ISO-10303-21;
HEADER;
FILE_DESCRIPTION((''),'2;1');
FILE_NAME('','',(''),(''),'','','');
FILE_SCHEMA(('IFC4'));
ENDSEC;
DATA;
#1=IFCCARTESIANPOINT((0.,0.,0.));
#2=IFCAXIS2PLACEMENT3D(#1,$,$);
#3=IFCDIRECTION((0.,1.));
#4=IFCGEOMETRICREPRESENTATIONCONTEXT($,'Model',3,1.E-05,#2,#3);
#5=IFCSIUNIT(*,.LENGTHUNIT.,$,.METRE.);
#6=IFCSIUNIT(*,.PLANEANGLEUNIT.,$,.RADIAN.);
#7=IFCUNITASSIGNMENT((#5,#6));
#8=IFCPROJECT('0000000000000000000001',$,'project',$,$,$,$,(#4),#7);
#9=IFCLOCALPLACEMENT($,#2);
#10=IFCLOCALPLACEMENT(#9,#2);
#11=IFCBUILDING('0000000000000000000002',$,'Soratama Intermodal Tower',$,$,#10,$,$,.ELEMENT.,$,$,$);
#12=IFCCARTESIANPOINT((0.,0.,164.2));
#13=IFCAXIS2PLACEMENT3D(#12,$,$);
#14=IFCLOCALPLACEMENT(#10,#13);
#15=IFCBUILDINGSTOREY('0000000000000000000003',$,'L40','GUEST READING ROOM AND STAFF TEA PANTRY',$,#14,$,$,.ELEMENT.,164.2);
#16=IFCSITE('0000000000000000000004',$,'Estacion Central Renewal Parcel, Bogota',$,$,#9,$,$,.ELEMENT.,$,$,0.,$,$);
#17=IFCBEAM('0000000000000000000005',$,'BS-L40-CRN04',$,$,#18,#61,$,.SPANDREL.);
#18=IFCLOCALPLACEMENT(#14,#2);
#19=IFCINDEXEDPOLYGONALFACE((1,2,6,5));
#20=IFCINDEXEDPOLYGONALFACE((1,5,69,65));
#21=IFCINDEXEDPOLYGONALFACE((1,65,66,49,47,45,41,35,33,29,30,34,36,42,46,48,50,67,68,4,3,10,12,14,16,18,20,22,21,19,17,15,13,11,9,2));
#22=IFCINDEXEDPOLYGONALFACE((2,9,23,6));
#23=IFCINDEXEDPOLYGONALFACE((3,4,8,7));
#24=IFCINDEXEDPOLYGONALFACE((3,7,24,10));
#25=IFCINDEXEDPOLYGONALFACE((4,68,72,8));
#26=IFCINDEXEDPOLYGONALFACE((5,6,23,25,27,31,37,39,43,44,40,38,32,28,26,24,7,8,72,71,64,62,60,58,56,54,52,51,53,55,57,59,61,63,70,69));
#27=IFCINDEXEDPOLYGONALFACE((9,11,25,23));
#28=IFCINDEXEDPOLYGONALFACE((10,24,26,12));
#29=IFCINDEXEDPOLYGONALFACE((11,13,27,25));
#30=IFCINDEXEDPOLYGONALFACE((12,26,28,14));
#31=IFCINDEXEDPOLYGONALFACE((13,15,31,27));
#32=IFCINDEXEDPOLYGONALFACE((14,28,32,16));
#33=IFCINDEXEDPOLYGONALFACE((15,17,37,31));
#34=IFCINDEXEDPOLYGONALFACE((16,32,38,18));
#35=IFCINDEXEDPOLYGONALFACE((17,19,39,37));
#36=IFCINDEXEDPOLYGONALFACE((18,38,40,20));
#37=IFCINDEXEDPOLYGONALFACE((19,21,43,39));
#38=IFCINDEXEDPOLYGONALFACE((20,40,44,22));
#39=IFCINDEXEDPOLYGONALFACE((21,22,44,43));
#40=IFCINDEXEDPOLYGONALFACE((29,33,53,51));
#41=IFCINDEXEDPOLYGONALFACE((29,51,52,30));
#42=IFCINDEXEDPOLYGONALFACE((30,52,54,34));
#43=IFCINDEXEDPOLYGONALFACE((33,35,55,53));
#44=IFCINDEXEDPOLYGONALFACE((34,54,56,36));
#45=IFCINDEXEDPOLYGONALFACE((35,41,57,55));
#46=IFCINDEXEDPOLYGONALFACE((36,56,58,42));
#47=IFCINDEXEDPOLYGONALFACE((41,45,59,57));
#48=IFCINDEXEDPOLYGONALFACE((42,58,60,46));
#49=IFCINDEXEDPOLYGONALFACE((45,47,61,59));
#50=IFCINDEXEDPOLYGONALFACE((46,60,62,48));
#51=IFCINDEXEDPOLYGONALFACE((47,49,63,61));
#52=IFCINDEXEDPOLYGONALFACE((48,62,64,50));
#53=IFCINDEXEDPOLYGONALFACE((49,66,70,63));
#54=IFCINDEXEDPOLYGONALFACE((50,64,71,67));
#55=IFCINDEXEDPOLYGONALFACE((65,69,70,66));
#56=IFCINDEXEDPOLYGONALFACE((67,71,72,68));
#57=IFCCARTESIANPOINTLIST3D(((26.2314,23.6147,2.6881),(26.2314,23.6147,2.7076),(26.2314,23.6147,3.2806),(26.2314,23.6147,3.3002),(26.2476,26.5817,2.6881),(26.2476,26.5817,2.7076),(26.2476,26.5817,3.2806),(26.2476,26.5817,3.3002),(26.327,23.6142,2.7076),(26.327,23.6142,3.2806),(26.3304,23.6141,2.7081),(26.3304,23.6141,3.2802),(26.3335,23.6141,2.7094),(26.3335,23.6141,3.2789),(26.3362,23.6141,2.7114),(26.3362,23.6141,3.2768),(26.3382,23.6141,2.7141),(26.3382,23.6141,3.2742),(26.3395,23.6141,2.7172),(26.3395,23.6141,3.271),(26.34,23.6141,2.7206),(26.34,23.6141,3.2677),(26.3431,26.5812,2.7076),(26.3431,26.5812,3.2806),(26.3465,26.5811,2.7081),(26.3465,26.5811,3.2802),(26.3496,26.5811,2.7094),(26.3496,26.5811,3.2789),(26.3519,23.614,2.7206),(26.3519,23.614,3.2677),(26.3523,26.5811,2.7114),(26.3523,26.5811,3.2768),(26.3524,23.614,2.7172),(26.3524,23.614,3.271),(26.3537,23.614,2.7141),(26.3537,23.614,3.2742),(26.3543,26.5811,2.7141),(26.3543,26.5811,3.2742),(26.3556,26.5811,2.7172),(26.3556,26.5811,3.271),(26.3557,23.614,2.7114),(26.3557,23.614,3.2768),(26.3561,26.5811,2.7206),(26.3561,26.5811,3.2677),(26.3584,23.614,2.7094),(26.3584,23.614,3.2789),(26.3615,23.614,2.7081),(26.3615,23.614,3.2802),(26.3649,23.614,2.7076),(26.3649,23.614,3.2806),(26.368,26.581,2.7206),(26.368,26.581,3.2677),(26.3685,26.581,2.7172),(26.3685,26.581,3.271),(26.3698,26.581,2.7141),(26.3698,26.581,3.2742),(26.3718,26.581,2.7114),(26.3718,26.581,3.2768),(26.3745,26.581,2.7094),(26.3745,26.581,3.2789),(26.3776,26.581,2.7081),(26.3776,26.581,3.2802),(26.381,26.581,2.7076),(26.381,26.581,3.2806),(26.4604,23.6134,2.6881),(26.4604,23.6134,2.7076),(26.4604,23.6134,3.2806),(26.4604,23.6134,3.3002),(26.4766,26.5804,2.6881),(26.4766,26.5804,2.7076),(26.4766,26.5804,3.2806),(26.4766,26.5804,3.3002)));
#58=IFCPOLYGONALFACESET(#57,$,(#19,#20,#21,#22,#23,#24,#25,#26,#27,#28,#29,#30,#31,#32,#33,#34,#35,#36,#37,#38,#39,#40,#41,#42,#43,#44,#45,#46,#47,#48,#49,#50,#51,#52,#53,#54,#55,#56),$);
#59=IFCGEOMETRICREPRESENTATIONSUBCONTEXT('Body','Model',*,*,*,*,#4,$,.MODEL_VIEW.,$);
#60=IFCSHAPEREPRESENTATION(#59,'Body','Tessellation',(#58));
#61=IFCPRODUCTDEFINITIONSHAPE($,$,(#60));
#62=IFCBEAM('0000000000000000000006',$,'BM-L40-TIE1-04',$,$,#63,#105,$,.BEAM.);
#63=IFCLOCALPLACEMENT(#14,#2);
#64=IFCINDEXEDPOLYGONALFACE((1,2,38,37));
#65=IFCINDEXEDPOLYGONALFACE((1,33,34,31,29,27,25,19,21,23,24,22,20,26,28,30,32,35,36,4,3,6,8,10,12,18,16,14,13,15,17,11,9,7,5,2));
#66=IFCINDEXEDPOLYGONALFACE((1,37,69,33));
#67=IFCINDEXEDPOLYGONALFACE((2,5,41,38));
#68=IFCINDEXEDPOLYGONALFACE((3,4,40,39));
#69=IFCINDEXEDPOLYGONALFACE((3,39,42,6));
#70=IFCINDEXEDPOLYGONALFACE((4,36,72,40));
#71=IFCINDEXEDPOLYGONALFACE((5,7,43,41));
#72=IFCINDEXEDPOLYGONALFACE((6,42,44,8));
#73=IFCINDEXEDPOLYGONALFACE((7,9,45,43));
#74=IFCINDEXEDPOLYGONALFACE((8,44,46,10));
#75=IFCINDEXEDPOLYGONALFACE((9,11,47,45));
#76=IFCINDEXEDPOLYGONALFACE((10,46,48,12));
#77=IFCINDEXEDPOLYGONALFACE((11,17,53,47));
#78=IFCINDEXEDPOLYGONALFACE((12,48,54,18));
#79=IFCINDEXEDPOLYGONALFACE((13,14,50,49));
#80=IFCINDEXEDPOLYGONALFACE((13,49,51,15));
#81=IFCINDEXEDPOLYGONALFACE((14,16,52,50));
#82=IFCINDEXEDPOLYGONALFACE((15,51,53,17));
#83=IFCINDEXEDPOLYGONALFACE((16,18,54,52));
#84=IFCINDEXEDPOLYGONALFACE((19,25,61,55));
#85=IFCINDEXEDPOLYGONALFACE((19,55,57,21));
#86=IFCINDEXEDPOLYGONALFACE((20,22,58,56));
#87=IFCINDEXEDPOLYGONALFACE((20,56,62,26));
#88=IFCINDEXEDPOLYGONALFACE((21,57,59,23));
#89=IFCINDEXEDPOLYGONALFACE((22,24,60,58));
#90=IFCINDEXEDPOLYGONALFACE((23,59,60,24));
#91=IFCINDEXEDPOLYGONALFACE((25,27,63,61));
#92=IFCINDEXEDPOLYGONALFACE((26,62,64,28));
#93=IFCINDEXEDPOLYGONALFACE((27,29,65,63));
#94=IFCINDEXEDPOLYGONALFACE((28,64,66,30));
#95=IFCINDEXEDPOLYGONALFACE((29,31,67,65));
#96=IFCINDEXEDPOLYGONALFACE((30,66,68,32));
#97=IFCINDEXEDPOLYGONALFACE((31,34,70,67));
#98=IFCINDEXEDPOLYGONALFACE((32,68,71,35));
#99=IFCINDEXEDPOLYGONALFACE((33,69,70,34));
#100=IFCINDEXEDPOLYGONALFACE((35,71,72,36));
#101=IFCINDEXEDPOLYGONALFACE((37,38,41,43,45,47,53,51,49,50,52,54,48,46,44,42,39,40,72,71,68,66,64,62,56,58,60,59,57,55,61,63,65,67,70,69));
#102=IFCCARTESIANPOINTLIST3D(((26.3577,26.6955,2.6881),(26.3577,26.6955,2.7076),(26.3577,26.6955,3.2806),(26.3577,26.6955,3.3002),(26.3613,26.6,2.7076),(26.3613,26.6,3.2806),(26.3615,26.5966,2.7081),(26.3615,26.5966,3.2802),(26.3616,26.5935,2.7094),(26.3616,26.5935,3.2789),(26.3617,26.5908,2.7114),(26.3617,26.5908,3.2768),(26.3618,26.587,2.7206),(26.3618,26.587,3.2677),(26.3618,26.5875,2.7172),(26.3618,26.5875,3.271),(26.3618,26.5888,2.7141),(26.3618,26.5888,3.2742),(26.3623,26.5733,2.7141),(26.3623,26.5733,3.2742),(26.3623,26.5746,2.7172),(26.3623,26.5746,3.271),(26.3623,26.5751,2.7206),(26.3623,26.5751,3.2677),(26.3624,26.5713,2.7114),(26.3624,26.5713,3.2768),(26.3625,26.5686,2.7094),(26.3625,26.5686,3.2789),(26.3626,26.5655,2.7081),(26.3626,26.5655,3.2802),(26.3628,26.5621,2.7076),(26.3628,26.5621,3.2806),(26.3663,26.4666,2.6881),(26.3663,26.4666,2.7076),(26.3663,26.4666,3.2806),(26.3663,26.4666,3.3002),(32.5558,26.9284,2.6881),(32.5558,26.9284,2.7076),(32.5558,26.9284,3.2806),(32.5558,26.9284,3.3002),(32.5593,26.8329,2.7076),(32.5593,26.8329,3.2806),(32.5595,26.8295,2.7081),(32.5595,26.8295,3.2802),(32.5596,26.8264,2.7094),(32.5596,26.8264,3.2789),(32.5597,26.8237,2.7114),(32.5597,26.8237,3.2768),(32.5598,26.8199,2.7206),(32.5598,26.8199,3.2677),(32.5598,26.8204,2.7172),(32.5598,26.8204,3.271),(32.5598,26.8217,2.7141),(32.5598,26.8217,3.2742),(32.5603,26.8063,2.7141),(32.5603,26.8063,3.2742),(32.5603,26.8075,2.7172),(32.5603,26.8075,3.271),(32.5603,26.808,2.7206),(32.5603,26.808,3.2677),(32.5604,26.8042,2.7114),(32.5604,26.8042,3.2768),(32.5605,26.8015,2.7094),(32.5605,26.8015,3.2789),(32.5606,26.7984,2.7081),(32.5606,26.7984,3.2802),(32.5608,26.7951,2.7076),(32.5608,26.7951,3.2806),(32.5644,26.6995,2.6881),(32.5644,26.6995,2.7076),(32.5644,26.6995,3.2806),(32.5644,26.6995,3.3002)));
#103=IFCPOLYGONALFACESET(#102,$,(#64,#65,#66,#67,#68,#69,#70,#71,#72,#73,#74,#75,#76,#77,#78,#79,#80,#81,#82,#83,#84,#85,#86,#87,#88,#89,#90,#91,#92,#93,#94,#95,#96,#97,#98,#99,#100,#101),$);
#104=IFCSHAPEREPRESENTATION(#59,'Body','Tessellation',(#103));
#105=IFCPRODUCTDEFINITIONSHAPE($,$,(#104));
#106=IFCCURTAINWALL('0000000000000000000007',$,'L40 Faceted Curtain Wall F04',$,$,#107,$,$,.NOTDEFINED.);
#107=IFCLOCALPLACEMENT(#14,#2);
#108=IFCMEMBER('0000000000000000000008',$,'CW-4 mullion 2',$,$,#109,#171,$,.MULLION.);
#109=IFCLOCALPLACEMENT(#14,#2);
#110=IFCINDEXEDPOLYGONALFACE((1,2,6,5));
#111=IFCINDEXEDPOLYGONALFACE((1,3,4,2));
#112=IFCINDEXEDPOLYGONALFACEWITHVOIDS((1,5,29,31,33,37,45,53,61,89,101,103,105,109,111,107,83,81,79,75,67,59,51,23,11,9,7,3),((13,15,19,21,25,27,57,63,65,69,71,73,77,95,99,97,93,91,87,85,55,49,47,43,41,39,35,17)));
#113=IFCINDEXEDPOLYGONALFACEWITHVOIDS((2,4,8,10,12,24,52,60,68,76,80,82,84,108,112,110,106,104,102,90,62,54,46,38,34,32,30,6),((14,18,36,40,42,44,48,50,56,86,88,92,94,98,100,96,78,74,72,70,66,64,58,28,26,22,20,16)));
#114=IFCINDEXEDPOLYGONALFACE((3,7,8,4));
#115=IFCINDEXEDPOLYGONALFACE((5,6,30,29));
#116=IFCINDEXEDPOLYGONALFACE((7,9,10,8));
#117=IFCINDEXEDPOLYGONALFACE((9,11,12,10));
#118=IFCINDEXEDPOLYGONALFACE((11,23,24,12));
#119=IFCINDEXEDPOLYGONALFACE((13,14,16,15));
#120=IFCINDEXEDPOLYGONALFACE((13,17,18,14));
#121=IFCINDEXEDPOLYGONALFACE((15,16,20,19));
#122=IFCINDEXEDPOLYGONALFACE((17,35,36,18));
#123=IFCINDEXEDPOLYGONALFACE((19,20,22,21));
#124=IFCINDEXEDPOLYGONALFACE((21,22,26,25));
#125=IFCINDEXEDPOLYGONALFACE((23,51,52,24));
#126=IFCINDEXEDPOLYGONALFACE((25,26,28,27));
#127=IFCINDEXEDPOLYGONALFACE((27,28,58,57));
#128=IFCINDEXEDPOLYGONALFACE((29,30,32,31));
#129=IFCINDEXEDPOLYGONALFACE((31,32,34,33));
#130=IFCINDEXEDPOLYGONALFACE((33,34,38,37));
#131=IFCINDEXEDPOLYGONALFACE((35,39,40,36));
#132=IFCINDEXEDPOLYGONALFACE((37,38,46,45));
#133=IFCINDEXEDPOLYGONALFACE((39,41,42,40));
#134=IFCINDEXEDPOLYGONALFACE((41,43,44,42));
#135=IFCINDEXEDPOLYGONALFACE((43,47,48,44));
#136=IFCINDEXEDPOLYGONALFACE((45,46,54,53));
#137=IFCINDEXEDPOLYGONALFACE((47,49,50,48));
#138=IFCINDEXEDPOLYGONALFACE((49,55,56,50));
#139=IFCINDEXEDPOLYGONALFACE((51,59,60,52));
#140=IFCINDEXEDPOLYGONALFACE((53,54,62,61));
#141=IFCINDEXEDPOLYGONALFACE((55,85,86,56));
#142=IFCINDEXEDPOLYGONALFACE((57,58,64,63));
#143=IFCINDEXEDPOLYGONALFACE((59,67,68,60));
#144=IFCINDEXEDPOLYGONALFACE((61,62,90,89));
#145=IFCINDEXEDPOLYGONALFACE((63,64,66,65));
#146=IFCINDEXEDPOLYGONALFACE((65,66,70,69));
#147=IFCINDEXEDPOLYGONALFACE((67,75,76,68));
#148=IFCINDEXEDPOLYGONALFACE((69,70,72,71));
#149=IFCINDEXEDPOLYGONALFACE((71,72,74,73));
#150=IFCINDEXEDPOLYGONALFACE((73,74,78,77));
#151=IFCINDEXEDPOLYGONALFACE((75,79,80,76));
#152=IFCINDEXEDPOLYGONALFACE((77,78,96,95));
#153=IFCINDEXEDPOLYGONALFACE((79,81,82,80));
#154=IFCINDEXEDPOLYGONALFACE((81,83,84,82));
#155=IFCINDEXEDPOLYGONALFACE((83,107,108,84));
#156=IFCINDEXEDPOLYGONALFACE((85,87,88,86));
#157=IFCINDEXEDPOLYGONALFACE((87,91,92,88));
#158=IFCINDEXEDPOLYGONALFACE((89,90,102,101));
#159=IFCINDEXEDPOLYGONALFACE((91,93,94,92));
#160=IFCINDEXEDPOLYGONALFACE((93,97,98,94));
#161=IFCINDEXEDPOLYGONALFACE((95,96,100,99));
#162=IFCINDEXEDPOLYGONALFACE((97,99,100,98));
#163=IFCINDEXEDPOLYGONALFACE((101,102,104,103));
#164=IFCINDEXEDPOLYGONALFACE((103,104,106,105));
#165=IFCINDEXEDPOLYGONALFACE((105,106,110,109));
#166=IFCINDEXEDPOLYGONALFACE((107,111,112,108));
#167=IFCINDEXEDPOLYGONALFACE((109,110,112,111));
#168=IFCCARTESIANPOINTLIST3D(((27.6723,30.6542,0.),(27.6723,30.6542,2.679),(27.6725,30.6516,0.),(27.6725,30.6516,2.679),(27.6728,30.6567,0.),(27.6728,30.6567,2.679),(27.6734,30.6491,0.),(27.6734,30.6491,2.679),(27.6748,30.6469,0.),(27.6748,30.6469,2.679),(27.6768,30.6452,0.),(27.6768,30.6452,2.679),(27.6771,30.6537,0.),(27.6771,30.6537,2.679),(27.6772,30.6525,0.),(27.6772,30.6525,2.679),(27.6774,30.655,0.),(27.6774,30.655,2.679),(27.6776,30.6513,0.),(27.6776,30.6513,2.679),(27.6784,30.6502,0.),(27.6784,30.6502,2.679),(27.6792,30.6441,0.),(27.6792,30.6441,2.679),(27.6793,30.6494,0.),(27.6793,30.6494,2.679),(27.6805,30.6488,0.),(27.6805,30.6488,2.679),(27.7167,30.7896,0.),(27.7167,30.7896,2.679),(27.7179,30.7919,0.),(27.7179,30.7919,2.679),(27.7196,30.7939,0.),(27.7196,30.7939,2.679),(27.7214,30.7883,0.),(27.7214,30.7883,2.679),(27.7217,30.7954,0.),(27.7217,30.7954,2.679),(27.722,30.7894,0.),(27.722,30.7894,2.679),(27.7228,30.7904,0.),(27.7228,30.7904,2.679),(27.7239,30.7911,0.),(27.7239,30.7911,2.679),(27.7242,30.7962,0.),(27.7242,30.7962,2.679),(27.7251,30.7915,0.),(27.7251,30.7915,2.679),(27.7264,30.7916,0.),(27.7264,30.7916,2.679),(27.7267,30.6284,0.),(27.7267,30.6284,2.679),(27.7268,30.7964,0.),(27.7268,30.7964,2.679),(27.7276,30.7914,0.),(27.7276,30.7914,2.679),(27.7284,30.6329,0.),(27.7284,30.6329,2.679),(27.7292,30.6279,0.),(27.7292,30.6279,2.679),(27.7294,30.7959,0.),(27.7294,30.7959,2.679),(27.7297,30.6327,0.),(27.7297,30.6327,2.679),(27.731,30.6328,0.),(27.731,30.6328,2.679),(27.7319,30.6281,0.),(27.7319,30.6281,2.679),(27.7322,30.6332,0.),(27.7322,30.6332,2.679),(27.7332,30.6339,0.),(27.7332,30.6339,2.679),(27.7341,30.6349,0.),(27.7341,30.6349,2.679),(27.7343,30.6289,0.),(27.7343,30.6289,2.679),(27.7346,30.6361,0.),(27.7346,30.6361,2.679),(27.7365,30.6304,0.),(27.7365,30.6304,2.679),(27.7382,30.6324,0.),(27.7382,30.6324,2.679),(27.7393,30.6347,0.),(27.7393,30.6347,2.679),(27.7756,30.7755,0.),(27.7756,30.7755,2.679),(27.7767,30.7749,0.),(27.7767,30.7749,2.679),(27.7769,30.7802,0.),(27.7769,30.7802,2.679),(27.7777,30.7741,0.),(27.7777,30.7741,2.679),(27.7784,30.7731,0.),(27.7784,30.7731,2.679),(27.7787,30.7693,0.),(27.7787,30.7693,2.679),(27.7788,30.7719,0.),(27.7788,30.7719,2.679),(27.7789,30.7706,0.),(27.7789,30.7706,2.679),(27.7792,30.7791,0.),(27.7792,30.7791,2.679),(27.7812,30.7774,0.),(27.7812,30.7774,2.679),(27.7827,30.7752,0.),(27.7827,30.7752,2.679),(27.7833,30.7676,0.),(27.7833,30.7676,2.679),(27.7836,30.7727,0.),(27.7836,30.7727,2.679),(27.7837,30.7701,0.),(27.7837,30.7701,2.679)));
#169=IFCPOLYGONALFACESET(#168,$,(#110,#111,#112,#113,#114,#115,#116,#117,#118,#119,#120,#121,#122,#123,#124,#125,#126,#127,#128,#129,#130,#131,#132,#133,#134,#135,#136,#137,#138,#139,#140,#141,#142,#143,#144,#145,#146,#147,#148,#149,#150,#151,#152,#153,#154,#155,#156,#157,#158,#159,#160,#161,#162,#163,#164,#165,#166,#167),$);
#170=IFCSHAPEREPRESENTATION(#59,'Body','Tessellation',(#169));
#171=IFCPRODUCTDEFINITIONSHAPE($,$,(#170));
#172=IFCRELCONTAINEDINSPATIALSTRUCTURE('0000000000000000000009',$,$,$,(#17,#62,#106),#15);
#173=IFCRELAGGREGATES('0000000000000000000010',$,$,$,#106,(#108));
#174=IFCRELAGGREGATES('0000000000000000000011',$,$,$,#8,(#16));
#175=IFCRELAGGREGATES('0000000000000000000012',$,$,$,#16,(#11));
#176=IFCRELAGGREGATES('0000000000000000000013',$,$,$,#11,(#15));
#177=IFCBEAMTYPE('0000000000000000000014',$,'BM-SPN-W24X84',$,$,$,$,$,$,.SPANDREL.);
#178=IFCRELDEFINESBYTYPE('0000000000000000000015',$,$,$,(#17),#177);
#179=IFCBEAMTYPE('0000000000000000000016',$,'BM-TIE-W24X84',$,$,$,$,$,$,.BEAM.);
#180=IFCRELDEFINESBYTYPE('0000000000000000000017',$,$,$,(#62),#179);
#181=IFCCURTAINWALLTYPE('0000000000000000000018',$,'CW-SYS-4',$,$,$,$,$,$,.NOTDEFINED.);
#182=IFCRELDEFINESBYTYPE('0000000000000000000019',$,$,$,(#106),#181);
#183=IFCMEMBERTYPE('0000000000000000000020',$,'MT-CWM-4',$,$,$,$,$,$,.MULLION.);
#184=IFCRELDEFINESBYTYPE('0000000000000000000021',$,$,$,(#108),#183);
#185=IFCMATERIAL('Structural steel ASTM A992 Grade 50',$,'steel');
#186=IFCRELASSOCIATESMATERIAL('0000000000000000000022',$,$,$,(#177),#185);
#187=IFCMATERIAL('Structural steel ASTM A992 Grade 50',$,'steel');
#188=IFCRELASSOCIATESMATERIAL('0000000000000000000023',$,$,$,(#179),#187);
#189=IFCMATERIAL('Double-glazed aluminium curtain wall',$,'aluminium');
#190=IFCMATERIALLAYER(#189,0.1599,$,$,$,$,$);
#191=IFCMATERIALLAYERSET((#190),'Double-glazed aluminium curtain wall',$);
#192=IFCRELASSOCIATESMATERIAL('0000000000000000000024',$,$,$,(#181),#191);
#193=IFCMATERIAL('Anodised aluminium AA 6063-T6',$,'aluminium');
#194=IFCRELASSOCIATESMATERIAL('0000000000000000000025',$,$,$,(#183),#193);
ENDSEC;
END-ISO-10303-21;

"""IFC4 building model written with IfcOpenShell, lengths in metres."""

from ifc_helpers import new_model, si_unit, direction, frame, origin, origin_2d, place, context, subcontext, project, spatial, hollow_rectangle, i_section, extrude, material, layer, layer_set, material_profile, profile_set, type_object, element, aggregate, save


model = new_model("IFC4")

# Units and contexts
model_context = context("Model", 3, precision=1e-05, world=origin(), true_north=direction((0.0, 1.0)))
body_context = subcontext(model_context, "Body", "Model", "MODEL_VIEW")
ifc_project = project(units=[si_unit("LENGTHUNIT", "METRE"), si_unit("PLANEANGLEUNIT", "RADIAN")], contexts=[model_context])

# Site, building, storey
site_placement = place(None, origin())
site = spatial("IfcSite", under=ifc_project, at=site_placement, Name="Estacion Central Renewal Parcel, Bogota", CompositionType="ELEMENT", RefElevation=0.0)
building_placement = place(site_placement, origin())
building = spatial("IfcBuilding", under=site, at=building_placement, Name="Soratama Intermodal Tower", CompositionType="ELEMENT")
storey_placement = place(building_placement, frame((0.0, 0.0, 164.2)))
storey = spatial("IfcBuildingStorey", under=building, at=storey_placement, Name="L40", Description="GUEST READING ROOM AND STAFF TEA PANTRY", CompositionType="ELEMENT", Elevation=164.2)

# Beams
ifc_material_1 = material(Name="Structural steel ASTM A992 Grade 50", Category="steel")
ifc_material_profile_1 = material_profile(ifc_material_1, i_section(OverallWidth=0.229, OverallDepth=0.6121, WebThickness=0.012, FlangeThickness=0.0195, FilletRadius=0.0129, at=origin_2d()), Name="W24X84")
ifc_profile_set_1 = profile_set([ifc_material_profile_1], Name="Structural steel ASTM A992 Grade 50")
beam_type_1 = type_object("IfcBeamType", Name="BM-SPN-W24X84", PredefinedType="SPANDREL", material=ifc_profile_set_1)
beam_1_placement = place(storey_placement, frame((26.3621, 26.5811, 2.9941), z_axis=(-0.005431, -0.999985, 0.0), x_axis=(0.999985, -0.005431, 0.0)))
element("IfcBeam", 1, at=beam_1_placement, inside=storey, type_object=beam_type_1, Name="BS-L40-CRN04", PredefinedType="SPANDREL", context=body_context, shape_type="SweptSolid", body=[
    extrude(i_section(OverallWidth=0.229, OverallDepth=0.6121, WebThickness=0.012, FlangeThickness=0.0195, FilletRadius=0.0129, at=origin_2d()), origin(), (0.0, 0.0, 1.0), 2.967),
])
ifc_material_2 = material(Name="Structural steel ASTM A992 Grade 50", Category="steel")
ifc_material_profile_2 = material_profile(ifc_material_2, i_section(OverallWidth=0.229, OverallDepth=0.6121, WebThickness=0.012, FlangeThickness=0.0195, FilletRadius=0.0129, at=origin_2d()), Name="W24X84")
ifc_profile_set_2 = profile_set([ifc_material_profile_2], Name="Structural steel ASTM A992 Grade 50")
beam_type_2 = type_object("IfcBeamType", Name="BM-TIE-W24X84", PredefinedType="BEAM", material=ifc_profile_set_2)
beam_2_placement = place(storey_placement, frame((32.5601, 26.814, 2.9941), z_axis=(-0.999295, -0.037552, 0.0), x_axis=(0.037552, -0.999295, 0.0)))
element("IfcBeam", 2, at=beam_2_placement, inside=storey, type_object=beam_type_2, Name="BM-L40-TIE1-04", PredefinedType="BEAM", context=body_context, shape_type="SweptSolid", body=[
    extrude(i_section(OverallWidth=0.229, OverallDepth=0.6121, WebThickness=0.012, FlangeThickness=0.0195, FilletRadius=0.0129, at=origin_2d()), origin(), (0.0, 0.0, 1.0), 6.2024),
])

# Curtain wall, member
ifc_material_3 = material(Name="Double-glazed aluminium curtain wall", Category="aluminium")
ifc_layer_1 = layer(ifc_material_3, 0.1599)
ifc_layer_set_1 = layer_set([ifc_layer_1], Name="Double-glazed aluminium curtain wall")
curtain_wall_type = type_object("IfcCurtainWallType", Name="CW-SYS-4", PredefinedType="NOTDEFINED", material=ifc_layer_set_1)
curtain_wall_placement = place(storey_placement, origin())
curtain_wall = element("IfcCurtainWall", 3, at=curtain_wall_placement, inside=storey, type_object=curtain_wall_type, Name="L40 Faceted Curtain Wall F04", PredefinedType="NOTDEFINED")
ifc_material_4 = material(Name="Anodised aluminium AA 6063-T6", Category="aluminium")
ifc_material_profile_3 = material_profile(ifc_material_4, hollow_rectangle(XDim=0.0701, YDim=0.1599, WallThickness=0.0049, InnerFilletRadius=0.0049, OuterFilletRadius=0.01, at=origin_2d()), Name="CWM160X70X5")
ifc_profile_set_3 = profile_set([ifc_material_profile_3], Name="Anodised aluminium AA 6063-T6")
member_type_1 = type_object("IfcMemberType", Name="MT-CWM-4", PredefinedType="MULLION", material=ifc_profile_set_3)
member_1_placement = place(storey_placement, frame((27.728, 30.7122, 0.0), z_axis=(0.0, 0.0, 1.0), x_axis=(0.949425, -0.313993, 0.0)))
member_1 = element("IfcMember", 4, at=member_1_placement, type_object=member_type_1, Name="CW-4 mullion 2", PredefinedType="MULLION", context=body_context, shape_type="SweptSolid", body=[
    extrude(hollow_rectangle(XDim=0.0701, YDim=0.1599, WallThickness=0.0049, InnerFilletRadius=0.0049, OuterFilletRadius=0.01, at=origin_2d()), origin(), (0.0, 0.0, 1.0), 2.679),
])
aggregate(curtain_wall, [member_1])

save(model, "model.ifc")
